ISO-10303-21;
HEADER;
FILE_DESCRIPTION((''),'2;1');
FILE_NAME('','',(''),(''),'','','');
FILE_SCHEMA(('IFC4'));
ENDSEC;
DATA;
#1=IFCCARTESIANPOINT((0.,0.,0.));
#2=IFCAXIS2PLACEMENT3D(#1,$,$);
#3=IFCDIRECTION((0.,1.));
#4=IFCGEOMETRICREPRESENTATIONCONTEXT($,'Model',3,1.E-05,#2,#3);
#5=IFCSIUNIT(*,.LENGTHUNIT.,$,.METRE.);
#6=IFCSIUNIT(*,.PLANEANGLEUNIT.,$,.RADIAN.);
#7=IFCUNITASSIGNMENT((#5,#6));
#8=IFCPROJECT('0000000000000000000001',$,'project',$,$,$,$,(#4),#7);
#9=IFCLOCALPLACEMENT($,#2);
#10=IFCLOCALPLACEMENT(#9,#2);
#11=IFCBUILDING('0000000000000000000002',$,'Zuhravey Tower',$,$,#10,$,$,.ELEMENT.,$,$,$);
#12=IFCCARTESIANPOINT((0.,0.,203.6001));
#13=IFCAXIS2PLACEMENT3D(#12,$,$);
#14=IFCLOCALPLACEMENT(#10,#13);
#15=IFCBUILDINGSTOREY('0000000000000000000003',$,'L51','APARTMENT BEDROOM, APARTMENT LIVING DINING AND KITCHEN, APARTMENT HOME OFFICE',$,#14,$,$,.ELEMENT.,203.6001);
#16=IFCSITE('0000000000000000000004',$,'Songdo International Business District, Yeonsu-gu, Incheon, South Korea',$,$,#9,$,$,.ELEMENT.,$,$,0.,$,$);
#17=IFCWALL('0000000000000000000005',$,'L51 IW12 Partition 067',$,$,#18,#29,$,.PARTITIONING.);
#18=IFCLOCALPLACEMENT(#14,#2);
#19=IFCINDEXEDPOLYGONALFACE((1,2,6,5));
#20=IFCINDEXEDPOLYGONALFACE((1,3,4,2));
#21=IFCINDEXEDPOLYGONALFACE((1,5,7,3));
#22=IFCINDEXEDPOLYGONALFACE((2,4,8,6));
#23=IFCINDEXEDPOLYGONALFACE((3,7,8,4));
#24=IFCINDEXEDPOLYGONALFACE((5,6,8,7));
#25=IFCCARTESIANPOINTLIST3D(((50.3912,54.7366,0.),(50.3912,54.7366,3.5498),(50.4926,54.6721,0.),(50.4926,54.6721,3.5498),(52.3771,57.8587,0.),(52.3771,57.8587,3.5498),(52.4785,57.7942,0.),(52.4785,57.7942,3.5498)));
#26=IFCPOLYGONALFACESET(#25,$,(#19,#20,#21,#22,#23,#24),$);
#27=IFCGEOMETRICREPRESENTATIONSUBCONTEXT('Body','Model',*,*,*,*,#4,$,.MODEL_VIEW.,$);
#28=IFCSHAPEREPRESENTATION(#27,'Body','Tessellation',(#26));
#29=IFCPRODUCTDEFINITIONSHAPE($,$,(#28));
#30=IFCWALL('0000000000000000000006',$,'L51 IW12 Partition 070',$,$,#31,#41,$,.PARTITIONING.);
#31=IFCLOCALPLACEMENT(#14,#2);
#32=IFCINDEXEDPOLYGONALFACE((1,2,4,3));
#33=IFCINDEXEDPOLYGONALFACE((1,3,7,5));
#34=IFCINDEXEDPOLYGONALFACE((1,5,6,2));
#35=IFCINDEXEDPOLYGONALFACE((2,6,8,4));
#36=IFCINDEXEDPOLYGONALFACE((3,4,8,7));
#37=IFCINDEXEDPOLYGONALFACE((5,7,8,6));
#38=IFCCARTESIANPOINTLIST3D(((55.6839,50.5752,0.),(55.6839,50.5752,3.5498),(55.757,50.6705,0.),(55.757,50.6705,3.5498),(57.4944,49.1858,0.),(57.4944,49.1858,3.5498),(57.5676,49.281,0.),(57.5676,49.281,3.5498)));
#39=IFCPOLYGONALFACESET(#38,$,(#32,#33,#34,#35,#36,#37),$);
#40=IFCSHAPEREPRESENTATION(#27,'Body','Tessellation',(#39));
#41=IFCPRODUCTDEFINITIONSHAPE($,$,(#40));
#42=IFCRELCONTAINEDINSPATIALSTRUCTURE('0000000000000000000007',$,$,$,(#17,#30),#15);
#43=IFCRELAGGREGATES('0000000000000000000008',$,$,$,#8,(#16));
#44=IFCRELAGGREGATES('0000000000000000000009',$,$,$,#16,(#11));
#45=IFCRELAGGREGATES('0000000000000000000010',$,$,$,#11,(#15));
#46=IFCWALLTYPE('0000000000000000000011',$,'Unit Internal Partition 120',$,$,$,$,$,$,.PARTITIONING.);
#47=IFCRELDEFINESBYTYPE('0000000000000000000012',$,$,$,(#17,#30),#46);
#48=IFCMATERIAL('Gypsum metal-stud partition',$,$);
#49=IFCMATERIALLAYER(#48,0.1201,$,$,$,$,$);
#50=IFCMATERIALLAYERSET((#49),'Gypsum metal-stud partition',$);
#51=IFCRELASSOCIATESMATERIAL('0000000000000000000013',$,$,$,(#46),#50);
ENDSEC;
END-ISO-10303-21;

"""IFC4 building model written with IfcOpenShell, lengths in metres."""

from ifc_helpers import new_model, si_unit, direction, frame, frame_2d, origin, place, context, subcontext, project, spatial, rectangle, extrude, material, layer, layer_set, type_object, element, save


model = new_model("IFC4")

# Units and contexts
model_context = context("Model", 3, precision=1e-05, world=origin(), true_north=direction((0.0, 1.0)))
body_context = subcontext(model_context, "Body", "Model", "MODEL_VIEW")
ifc_project = project(units=[si_unit("LENGTHUNIT", "METRE"), si_unit("PLANEANGLEUNIT", "RADIAN")], contexts=[model_context])

# Site, building, storey
site_placement = place(None, origin())
site = spatial("IfcSite", under=ifc_project, at=site_placement, Name="Songdo International Business District, Yeonsu-gu, Incheon, South Korea", CompositionType="ELEMENT", RefElevation=0.0)
building_placement = place(site_placement, origin())
building = spatial("IfcBuilding", under=site, at=building_placement, Name="Zuhravey Tower", CompositionType="ELEMENT")
storey_placement = place(building_placement, frame((0.0, 0.0, 203.6001)))
storey = spatial("IfcBuildingStorey", under=building, at=storey_placement, Name="L51", Description="APARTMENT BEDROOM, APARTMENT LIVING DINING AND KITCHEN, APARTMENT HOME OFFICE", CompositionType="ELEMENT", Elevation=203.6001)

# Shared definitions
ifc_material_1 = material(Name="Gypsum metal-stud partition")
ifc_layer_1 = layer(ifc_material_1, 0.1201)
ifc_layer_set_1 = layer_set([ifc_layer_1], Name="Gypsum metal-stud partition")
wall_type_1 = type_object("IfcWallType", Name="Unit Internal Partition 120", PredefinedType="PARTITIONING", material=ifc_layer_set_1)

# Walls
wall_1_placement = place(storey_placement, frame((50.4419, 54.7043, 0.0), z_axis=(0.0, 0.0, 1.0), x_axis=(0.536696, 0.843776, 0.0)))
element("IfcWall", 1, at=wall_1_placement, inside=storey, type_object=wall_type_1, Name="L51 IW12 Partition 067", PredefinedType="PARTITIONING", context=body_context, shape_type="SweptSolid", body=[
    extrude(rectangle(XDim=3.7002, YDim=0.1201, at=frame_2d((1.8501, 0.0))), origin(), (0.0, 0.0, 1.0), 3.5498),
])
wall_2_placement = place(storey_placement, frame((57.531, 49.2334, 0.0), z_axis=(0.0, 0.0, 1.0), x_axis=(-0.793327, 0.608795, 0.0)))
element("IfcWall", 2, at=wall_2_placement, inside=storey, type_object=wall_type_1, Name="L51 IW12 Partition 070", PredefinedType="PARTITIONING", context=body_context, shape_type="SweptSolid", body=[
    extrude(rectangle(XDim=2.2822, YDim=0.1201, at=frame_2d((1.1411, 0.0))), origin(), (0.0, 0.0, 1.0), 3.5498),
])

save(model, "model.ifc")
